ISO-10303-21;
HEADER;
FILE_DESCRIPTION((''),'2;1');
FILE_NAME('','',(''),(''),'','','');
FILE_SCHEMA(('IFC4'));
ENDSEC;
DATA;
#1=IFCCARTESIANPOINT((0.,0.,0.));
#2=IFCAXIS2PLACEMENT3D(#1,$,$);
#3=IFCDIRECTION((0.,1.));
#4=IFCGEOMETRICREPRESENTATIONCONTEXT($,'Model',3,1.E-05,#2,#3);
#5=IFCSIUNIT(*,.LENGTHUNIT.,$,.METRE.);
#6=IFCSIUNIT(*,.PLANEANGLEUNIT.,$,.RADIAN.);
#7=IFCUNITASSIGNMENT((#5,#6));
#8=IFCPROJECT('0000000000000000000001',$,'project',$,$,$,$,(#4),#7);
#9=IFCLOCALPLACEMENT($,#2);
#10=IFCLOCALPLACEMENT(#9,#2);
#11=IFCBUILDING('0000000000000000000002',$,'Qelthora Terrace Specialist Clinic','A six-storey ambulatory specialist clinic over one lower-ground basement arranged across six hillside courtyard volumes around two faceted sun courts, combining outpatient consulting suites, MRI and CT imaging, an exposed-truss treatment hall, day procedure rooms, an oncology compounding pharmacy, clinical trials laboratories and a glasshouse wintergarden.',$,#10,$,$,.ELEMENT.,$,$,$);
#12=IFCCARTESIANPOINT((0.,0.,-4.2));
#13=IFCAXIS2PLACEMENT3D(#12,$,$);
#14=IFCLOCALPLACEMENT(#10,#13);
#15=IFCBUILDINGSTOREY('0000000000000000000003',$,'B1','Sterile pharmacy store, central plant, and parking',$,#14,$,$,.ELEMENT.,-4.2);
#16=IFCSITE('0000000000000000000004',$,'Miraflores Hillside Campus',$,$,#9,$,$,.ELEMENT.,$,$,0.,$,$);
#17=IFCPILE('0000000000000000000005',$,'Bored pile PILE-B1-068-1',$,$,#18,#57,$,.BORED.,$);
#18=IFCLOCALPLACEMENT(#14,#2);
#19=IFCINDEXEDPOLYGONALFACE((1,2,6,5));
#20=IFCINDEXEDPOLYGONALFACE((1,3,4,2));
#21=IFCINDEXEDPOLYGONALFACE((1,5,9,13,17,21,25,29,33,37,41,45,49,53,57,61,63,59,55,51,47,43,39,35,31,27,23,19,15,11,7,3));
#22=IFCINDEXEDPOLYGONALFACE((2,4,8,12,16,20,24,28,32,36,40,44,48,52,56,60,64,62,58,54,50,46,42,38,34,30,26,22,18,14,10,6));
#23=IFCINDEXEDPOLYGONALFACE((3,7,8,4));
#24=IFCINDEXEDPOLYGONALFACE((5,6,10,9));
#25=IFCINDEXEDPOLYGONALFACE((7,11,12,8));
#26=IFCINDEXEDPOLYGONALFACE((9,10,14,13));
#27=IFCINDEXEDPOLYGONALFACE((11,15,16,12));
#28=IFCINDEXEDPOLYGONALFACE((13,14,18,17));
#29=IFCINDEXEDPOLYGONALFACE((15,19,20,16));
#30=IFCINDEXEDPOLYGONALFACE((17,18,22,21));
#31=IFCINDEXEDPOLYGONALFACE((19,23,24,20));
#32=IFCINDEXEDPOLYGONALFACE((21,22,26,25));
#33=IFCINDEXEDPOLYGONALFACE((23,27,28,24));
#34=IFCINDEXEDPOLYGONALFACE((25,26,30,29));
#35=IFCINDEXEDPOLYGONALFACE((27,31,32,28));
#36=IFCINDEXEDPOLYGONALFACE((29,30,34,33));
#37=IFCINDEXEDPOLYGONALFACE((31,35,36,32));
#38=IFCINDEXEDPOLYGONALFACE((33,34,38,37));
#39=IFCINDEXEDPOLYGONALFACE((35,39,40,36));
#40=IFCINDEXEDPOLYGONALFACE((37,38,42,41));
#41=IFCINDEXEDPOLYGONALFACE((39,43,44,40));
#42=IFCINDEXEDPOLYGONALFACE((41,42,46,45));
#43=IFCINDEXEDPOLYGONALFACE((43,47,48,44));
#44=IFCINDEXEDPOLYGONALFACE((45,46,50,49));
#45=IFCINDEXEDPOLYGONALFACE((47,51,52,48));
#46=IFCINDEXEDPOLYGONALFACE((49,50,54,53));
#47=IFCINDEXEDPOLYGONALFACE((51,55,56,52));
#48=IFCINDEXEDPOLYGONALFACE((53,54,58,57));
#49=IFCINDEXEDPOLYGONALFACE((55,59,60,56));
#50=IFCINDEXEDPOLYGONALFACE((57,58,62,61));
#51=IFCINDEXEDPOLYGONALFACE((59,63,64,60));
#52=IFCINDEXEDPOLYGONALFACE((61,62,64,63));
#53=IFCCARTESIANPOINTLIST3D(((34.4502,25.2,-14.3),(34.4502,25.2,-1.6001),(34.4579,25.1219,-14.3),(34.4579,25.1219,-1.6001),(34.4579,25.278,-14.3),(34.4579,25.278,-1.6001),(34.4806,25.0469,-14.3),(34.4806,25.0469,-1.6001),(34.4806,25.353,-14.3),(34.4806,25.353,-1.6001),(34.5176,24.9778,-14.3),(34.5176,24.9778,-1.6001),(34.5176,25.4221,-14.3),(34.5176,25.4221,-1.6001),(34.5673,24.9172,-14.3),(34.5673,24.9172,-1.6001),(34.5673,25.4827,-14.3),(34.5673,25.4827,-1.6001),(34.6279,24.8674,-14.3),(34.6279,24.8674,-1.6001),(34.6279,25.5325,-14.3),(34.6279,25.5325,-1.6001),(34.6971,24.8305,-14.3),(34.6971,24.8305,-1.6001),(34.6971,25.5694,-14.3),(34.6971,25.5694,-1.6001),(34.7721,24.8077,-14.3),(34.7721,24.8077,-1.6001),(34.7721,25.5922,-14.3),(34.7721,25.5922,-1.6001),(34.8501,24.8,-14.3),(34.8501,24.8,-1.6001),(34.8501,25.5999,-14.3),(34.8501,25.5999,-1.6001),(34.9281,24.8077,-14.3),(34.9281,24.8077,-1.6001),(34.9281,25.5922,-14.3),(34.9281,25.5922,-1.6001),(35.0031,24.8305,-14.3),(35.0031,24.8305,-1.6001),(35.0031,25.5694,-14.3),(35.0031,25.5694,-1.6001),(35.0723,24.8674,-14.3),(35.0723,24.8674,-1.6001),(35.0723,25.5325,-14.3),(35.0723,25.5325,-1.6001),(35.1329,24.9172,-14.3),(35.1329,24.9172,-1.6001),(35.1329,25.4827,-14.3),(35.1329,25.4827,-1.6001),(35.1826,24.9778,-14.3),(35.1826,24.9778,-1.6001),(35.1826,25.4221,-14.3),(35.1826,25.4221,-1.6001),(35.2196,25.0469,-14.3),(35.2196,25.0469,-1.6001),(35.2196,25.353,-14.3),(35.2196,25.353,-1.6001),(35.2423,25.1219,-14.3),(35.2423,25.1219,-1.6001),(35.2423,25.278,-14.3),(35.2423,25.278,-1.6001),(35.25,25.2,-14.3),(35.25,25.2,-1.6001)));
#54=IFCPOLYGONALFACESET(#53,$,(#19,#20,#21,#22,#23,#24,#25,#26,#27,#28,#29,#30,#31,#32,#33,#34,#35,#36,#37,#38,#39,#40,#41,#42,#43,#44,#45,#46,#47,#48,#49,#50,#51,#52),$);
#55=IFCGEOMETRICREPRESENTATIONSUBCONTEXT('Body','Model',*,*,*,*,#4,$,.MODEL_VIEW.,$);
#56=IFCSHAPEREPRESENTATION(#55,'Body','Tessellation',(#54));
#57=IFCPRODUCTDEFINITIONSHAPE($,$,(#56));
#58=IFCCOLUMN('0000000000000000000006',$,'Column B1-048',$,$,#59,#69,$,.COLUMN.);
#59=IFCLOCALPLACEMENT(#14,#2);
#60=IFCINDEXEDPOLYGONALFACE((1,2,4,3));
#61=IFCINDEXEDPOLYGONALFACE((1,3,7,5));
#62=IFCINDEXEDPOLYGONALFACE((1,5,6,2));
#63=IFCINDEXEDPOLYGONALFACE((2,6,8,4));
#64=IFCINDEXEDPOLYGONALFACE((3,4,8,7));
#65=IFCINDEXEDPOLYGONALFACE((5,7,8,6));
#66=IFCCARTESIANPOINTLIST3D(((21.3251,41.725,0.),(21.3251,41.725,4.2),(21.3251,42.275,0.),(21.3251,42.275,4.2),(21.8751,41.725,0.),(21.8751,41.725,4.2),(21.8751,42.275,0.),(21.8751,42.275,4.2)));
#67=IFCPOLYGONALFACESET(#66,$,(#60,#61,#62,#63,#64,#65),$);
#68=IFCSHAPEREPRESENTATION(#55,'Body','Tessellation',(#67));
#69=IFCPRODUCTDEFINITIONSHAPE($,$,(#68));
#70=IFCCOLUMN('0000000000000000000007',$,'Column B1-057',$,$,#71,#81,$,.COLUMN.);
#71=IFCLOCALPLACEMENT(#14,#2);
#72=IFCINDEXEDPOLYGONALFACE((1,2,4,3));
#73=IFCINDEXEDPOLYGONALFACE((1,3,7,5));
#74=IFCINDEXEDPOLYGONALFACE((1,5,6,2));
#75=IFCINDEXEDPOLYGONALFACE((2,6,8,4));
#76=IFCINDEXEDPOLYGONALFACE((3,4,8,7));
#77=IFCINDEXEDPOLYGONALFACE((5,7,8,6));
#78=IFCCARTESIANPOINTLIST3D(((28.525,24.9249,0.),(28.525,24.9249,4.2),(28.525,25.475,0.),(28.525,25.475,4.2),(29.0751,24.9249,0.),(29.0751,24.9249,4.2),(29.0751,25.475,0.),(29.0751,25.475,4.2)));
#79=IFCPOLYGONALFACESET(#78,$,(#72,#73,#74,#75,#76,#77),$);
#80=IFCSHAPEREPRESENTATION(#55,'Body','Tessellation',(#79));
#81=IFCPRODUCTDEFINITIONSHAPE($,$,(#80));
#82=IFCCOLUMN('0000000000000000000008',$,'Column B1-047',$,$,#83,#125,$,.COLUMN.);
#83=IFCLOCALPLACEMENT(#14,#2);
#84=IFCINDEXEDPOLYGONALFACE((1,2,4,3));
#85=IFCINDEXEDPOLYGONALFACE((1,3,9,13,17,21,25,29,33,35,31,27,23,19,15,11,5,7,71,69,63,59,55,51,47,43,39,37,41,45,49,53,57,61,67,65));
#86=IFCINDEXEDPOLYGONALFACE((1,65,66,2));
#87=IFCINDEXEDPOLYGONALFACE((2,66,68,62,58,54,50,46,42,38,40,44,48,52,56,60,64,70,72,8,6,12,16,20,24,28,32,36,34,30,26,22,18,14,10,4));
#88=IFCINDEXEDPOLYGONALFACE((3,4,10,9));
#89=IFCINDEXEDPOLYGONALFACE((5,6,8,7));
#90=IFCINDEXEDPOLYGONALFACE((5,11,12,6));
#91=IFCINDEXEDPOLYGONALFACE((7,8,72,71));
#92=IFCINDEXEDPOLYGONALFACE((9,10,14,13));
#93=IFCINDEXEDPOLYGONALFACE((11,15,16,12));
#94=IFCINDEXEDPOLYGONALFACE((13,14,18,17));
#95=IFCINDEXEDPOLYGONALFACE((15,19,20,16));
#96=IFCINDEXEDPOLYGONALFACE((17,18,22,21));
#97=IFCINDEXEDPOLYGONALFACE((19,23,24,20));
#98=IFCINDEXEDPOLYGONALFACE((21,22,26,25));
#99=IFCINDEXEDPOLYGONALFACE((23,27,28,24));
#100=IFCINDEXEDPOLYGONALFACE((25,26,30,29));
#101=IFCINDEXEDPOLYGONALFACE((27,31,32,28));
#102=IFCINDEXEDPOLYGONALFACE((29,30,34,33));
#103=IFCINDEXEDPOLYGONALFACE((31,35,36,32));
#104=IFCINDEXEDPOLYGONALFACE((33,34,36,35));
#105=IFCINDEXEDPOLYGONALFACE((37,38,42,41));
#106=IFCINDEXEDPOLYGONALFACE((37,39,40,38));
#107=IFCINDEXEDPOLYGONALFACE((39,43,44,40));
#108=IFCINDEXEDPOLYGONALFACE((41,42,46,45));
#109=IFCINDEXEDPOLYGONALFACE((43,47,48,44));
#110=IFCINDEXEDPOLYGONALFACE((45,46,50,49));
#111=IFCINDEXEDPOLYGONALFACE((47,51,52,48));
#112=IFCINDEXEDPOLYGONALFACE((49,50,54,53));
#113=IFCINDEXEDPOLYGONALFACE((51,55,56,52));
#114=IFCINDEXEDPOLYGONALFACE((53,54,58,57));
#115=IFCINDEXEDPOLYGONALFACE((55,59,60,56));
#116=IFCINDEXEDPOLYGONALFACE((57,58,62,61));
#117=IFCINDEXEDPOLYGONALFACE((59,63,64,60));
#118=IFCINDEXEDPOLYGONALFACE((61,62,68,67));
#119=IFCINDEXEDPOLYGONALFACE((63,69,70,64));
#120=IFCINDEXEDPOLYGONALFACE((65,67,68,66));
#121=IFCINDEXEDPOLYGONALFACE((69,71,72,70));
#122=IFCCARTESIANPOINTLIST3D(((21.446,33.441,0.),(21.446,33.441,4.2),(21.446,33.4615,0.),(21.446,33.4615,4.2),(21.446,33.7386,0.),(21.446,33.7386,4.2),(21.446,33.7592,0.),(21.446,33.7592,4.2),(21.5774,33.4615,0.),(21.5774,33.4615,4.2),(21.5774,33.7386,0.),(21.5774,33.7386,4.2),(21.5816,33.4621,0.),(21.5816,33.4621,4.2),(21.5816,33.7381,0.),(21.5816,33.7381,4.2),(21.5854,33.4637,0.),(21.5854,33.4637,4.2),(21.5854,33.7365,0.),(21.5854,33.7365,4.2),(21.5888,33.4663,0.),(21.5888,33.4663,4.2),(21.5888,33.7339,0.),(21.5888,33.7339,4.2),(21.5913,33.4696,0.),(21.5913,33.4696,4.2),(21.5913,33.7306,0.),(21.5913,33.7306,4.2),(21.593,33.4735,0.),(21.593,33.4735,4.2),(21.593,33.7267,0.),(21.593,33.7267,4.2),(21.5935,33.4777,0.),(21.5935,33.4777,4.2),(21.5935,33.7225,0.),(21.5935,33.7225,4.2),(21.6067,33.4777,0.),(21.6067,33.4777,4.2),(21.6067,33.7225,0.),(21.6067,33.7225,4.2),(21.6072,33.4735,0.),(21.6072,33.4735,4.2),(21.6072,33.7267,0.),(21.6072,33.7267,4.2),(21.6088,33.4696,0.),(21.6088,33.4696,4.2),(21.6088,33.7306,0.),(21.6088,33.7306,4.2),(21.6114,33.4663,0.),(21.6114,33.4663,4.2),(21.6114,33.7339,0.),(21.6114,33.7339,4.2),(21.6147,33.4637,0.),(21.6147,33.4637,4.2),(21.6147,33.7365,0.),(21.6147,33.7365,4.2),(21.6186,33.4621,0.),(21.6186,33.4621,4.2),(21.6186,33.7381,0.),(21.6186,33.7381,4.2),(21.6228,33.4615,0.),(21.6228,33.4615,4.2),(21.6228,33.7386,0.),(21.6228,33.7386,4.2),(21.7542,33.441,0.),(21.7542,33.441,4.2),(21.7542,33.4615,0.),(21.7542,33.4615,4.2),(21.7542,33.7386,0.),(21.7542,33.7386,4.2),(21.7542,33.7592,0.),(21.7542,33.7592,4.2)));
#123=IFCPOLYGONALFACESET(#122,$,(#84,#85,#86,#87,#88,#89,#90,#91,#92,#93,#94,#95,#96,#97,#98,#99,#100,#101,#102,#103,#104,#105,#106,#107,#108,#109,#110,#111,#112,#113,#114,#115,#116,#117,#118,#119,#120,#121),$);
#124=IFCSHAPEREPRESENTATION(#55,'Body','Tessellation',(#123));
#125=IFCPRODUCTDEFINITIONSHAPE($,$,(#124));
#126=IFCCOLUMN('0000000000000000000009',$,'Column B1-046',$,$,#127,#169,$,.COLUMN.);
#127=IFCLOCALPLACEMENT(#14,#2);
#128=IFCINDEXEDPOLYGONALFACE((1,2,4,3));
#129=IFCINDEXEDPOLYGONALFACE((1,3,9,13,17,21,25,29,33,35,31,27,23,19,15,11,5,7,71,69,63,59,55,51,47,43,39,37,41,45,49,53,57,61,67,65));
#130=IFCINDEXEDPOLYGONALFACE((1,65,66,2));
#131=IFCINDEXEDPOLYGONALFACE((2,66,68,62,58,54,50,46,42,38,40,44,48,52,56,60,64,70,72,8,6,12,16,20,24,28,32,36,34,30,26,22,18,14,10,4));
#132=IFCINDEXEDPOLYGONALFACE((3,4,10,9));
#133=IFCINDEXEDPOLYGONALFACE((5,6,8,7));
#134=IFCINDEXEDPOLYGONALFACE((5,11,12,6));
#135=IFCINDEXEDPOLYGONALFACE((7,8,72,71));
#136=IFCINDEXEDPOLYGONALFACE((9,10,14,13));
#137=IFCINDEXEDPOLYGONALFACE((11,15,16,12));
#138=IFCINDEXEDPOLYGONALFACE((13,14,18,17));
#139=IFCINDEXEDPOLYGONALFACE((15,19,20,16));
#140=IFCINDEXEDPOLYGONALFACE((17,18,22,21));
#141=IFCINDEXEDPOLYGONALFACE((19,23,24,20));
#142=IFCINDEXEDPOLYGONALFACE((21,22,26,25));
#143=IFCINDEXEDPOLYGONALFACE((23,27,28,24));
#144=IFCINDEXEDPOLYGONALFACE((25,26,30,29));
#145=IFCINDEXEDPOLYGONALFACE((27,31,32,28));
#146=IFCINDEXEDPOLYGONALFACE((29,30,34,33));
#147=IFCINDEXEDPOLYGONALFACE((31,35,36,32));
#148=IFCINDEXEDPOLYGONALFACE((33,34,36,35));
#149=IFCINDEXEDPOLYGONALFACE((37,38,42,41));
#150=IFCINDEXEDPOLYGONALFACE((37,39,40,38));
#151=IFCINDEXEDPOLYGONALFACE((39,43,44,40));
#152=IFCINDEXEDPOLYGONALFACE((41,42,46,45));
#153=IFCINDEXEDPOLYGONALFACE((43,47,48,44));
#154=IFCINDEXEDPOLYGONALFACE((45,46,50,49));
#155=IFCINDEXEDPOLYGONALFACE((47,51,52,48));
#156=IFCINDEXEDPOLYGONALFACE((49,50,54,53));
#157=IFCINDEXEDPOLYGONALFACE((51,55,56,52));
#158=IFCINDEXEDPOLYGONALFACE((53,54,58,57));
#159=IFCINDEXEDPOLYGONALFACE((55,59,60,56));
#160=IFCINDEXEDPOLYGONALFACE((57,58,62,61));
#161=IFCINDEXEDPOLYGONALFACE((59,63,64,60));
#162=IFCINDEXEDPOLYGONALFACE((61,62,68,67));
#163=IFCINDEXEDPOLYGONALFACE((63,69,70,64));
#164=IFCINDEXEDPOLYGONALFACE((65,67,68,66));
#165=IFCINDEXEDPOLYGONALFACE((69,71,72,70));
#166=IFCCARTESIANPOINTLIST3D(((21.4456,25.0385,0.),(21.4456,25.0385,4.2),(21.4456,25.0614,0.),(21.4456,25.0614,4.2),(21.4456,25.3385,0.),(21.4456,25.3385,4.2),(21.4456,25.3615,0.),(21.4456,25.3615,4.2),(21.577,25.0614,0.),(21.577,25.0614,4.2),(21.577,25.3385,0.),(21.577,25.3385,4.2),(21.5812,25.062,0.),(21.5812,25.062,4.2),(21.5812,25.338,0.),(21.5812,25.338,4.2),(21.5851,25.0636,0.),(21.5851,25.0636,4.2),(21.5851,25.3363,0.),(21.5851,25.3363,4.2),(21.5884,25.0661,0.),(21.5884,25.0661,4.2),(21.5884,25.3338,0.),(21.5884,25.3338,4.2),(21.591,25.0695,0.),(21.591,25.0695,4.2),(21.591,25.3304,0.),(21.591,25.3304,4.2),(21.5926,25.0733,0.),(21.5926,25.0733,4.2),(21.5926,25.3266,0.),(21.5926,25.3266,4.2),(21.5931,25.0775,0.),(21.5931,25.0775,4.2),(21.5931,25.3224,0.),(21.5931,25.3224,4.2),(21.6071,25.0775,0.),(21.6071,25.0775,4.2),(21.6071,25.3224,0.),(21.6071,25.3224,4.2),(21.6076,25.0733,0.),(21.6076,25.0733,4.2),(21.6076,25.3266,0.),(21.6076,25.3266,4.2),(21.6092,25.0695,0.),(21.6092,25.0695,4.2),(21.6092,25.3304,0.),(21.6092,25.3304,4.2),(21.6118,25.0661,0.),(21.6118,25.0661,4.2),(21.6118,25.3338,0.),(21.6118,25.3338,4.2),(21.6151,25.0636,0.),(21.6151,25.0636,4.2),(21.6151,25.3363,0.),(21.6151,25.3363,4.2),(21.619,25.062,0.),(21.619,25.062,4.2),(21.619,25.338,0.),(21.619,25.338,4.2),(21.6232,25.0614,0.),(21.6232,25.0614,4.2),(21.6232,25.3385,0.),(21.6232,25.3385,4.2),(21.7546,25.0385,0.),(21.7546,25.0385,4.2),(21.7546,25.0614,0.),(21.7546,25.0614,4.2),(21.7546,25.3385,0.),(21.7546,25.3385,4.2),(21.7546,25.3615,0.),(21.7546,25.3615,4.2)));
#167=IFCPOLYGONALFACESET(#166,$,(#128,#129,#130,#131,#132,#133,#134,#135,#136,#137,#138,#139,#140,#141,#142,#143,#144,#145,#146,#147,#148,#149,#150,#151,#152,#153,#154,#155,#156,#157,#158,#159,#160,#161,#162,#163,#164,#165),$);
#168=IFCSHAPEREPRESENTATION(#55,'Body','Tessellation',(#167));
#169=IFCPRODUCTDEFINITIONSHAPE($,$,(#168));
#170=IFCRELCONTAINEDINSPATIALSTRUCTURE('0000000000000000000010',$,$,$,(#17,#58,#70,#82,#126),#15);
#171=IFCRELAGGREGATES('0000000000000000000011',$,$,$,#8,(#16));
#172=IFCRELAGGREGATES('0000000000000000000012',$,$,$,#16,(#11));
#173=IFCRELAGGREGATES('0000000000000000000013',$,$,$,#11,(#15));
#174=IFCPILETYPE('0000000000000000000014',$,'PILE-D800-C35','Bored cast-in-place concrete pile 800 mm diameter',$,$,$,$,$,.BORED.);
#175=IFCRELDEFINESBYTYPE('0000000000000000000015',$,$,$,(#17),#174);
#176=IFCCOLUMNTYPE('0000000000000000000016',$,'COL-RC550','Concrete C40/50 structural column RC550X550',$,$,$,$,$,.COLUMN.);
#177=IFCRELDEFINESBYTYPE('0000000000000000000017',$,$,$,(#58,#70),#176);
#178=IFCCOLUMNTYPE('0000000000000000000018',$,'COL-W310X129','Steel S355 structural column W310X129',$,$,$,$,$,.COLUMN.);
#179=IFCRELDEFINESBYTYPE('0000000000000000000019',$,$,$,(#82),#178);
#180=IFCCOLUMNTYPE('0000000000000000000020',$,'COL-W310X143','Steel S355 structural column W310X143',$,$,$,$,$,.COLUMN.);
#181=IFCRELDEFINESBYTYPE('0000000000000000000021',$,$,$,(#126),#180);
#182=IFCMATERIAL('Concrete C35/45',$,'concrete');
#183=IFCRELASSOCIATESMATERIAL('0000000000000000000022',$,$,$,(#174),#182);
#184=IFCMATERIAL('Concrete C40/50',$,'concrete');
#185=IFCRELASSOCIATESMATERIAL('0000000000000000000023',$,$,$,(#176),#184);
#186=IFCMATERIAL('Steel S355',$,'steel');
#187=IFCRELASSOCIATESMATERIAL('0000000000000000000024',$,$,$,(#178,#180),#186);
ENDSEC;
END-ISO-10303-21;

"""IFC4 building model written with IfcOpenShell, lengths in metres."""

from ifc_helpers import new_model, si_unit, direction, frame, origin, origin_2d, place, context, subcontext, project, spatial, rectangle, circle, i_section, extrude, material, material_profile, profile_set, type_object, element, save


model = new_model("IFC4")

# Units and contexts
model_context = context("Model", 3, precision=1e-05, world=origin(), true_north=direction((0.0, 1.0)))
body_context = subcontext(model_context, "Body", "Model", "MODEL_VIEW")
ifc_project = project(units=[si_unit("LENGTHUNIT", "METRE"), si_unit("PLANEANGLEUNIT", "RADIAN")], contexts=[model_context])

# Site, building, storey
site_placement = place(None, origin())
site = spatial("IfcSite", under=ifc_project, at=site_placement, Name="Miraflores Hillside Campus", CompositionType="ELEMENT", RefElevation=0.0)
building_placement = place(site_placement, origin())
building = spatial("IfcBuilding", under=site, at=building_placement, Name="Qelthora Terrace Specialist Clinic", Description="A six-storey ambulatory specialist clinic over one lower-ground basement arranged across six hillside courtyard volumes around two faceted sun courts, combining outpatient consulting suites, MRI and CT imaging, an exposed-truss treatment hall, day procedure rooms, an oncology compounding pharmacy, clinical trials laboratories and a glasshouse wintergarden.", CompositionType="ELEMENT")
storey_placement = place(building_placement, frame((0.0, 0.0, -4.2)))
storey = spatial("IfcBuildingStorey", under=building, at=storey_placement, Name="B1", Description="Sterile pharmacy store, central plant, and parking", CompositionType="ELEMENT", Elevation=-4.2)

# Shared definitions
ifc_material_1 = material(Name="Concrete C35/45", Category="concrete")

# Pile
ifc_material_profile_1 = material_profile(ifc_material_1, circle(Radius=0.3999, at=origin_2d()), Name="PILE800")
ifc_profile_set_1 = profile_set([ifc_material_profile_1], Name="Concrete C35/45")
pile_type_1 = type_object("IfcPileType", Name="PILE-D800-C35", Description="Bored cast-in-place concrete pile 800 mm diameter", PredefinedType="BORED", material=ifc_profile_set_1)
for number, where, z_axis, x_axis, name in (
    (1, (34.8501, 25.2, -1.6001), (0.0, 0.0, -1.0), (1.0, 0.0, 0.0), "Bored pile PILE-B1-068-1"),
):
    element("IfcPile", number, at=place(storey_placement, frame(where, z_axis=z_axis, x_axis=x_axis)), inside=storey, type_object=pile_type_1, Name=name, PredefinedType="BORED", context=body_context, shape_type="SweptSolid", body=[
        extrude(circle(Radius=0.3999, at=origin_2d()), origin(), (0.0, 0.0, 1.0), 12.7),
    ])

# Columns
ifc_material_2 = material(Name="Concrete C40/50", Category="concrete")
ifc_material_profile_2 = material_profile(ifc_material_2, rectangle(XDim=0.55, YDim=0.55, at=origin_2d()), Name="RC550X550")
ifc_profile_set_2 = profile_set([ifc_material_profile_2], Name="Concrete C40/50")
column_type_1 = type_object("IfcColumnType", Name="COL-RC550", Description="Concrete C40/50 structural column RC550X550", PredefinedType="COLUMN", material=ifc_profile_set_2)
for number, where, z_axis, x_axis, name in (
    (2, (21.6001, 42.0, 0.0), (0.0, 0.0, 1.0), (1.0, 0.0, 0.0), "Column B1-048"),
    (3, (28.8, 25.2, 0.0), (0.0, 0.0, 1.0), (1.0, 0.0, 0.0), "Column B1-057"),
):
    element("IfcColumn", number, at=place(storey_placement, frame(where, z_axis=z_axis, x_axis=x_axis)), inside=storey, type_object=column_type_1, Name=name, PredefinedType="COLUMN", context=body_context, shape_type="SweptSolid", body=[
        extrude(rectangle(XDim=0.55, YDim=0.55, at=origin_2d()), origin(), (0.0, 0.0, 1.0), 4.2),
    ])
ifc_material_3 = material(Name="Steel S355", Category="steel")
ifc_material_profile_3 = material_profile(ifc_material_3, i_section(OverallWidth=0.3081, OverallDepth=0.3181, WebThickness=0.0132, FlangeThickness=0.0205, FilletRadius=0.0161, at=origin_2d()), Name="W310X129")
ifc_profile_set_3 = profile_set([ifc_material_profile_3], Name="Steel S355")
column_type_2 = type_object("IfcColumnType", Name="COL-W310X129", Description="Steel S355 structural column W310X129", PredefinedType="COLUMN", material=ifc_profile_set_3)
column_1_placement = place(storey_placement, frame((21.6001, 33.6001, 0.0), z_axis=(0.0, 0.0, 1.0), x_axis=(1.0, 0.0, 0.0)))
element("IfcColumn", 4, at=column_1_placement, inside=storey, type_object=column_type_2, Name="Column B1-047", PredefinedType="COLUMN", context=body_context, shape_type="SweptSolid", body=[
    extrude(i_section(OverallWidth=0.3081, OverallDepth=0.3181, WebThickness=0.0132, FlangeThickness=0.0205, FilletRadius=0.0161, at=origin_2d()), origin(), (0.0, 0.0, 1.0), 4.2),
])
ifc_material_profile_4 = material_profile(ifc_material_3, i_section(OverallWidth=0.3091, OverallDepth=0.323, WebThickness=0.0139, FlangeThickness=0.0229, FilletRadius=0.0161, at=origin_2d()), Name="W310X143")
ifc_profile_set_4 = profile_set([ifc_material_profile_4], Name="Steel S355")
column_type_3 = type_object("IfcColumnType", Name="COL-W310X143", Description="Steel S355 structural column W310X143", PredefinedType="COLUMN", material=ifc_profile_set_4)
for number, where, z_axis, x_axis, name in (
    (5, (21.6001, 25.2, 0.0), (0.0, 0.0, 1.0), (1.0, 0.0, 0.0), "Column B1-046"),
):
    element("IfcColumn", number, at=place(storey_placement, frame(where, z_axis=z_axis, x_axis=x_axis)), inside=storey, type_object=column_type_3, Name=name, PredefinedType="COLUMN", context=body_context, shape_type="SweptSolid", body=[
        extrude(i_section(OverallWidth=0.3091, OverallDepth=0.323, WebThickness=0.0139, FlangeThickness=0.0229, FilletRadius=0.0161, at=origin_2d()), origin(), (0.0, 0.0, 1.0), 4.2),
    ])

save(model, "model.ifc")
